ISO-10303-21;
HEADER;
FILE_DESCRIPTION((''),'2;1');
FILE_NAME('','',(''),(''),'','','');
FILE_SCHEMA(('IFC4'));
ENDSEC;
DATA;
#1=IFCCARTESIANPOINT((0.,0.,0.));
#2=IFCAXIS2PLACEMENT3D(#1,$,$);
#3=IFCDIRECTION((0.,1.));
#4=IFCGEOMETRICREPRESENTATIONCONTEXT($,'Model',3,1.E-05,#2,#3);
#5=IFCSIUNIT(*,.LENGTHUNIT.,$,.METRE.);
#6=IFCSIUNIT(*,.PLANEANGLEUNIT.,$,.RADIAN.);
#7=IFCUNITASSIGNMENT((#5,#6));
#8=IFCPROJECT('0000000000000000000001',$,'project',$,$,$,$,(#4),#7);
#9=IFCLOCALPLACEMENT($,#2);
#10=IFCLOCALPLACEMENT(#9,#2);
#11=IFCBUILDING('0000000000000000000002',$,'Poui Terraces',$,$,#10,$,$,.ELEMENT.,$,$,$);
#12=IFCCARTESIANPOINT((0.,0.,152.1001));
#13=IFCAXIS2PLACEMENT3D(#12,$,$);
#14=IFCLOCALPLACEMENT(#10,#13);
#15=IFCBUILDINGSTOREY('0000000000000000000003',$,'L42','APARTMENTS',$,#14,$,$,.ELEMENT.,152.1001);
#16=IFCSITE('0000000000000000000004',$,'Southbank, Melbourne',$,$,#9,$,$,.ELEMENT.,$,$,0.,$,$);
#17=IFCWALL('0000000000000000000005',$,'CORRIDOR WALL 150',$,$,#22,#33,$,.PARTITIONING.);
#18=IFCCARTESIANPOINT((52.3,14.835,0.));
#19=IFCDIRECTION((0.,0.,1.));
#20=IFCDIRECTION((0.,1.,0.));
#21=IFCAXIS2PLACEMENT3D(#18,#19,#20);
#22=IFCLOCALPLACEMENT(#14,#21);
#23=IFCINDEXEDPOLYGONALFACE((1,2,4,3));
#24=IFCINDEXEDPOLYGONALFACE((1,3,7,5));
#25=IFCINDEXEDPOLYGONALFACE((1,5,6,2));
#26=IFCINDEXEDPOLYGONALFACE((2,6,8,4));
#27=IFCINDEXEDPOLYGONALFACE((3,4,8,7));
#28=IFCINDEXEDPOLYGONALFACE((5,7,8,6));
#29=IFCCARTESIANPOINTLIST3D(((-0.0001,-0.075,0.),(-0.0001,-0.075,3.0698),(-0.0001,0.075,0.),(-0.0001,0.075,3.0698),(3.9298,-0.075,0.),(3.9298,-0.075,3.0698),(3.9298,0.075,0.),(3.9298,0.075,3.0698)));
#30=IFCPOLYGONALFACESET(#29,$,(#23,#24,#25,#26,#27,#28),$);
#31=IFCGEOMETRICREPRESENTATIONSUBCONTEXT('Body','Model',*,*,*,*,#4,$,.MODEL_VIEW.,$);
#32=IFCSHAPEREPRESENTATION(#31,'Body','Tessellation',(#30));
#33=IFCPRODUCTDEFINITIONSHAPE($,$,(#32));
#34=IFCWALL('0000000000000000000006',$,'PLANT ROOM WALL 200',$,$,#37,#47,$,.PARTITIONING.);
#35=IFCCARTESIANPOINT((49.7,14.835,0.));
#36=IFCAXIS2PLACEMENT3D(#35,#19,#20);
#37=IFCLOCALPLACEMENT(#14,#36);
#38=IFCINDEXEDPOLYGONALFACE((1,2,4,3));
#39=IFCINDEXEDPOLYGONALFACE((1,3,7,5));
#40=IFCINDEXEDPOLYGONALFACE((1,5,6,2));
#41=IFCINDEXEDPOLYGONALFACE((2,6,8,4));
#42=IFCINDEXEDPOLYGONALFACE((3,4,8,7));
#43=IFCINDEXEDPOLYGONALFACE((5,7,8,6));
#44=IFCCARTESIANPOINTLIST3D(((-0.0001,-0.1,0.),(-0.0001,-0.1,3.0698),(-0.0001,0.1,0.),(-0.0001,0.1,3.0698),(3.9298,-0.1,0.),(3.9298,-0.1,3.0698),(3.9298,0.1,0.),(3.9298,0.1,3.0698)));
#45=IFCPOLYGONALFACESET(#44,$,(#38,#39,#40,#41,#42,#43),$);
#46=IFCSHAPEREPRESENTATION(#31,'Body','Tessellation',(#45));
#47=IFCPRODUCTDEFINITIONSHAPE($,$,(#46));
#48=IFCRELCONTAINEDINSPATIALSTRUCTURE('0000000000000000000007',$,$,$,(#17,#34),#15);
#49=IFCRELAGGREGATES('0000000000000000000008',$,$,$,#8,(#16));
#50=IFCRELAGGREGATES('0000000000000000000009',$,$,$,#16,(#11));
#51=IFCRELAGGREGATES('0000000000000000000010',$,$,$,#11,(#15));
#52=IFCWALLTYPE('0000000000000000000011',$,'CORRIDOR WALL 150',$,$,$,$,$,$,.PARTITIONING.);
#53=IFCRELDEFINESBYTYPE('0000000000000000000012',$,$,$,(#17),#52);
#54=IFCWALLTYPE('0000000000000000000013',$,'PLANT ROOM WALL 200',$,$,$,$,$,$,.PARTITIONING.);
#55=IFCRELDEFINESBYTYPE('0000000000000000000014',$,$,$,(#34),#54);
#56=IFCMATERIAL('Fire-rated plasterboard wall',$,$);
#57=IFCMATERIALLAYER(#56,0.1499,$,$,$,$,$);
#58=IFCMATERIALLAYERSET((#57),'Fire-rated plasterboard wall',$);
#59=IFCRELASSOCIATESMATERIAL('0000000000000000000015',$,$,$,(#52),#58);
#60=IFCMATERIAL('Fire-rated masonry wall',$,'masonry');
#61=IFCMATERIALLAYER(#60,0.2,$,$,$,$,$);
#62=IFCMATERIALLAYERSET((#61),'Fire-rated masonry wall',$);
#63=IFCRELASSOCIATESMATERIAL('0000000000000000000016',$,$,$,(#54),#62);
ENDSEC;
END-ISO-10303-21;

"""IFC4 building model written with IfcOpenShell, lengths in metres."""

from ifc_helpers import new_model, si_unit, direction, frame, frame_2d, origin, place, context, subcontext, project, spatial, rectangle, extrude, material, layer, layer_set, type_object, element, save


model = new_model("IFC4")

# Units and contexts
model_context = context("Model", 3, precision=1e-05, world=origin(), true_north=direction((0.0, 1.0)))
body_context = subcontext(model_context, "Body", "Model", "MODEL_VIEW")
ifc_project = project(units=[si_unit("LENGTHUNIT", "METRE"), si_unit("PLANEANGLEUNIT", "RADIAN")], contexts=[model_context])

# Site, building, storey
site_placement = place(None, origin())
site = spatial("IfcSite", under=ifc_project, at=site_placement, Name="Southbank, Melbourne", CompositionType="ELEMENT", RefElevation=0.0)
building_placement = place(site_placement, origin())
building = spatial("IfcBuilding", under=site, at=building_placement, Name="Poui Terraces", CompositionType="ELEMENT")
storey_placement = place(building_placement, frame((0.0, 0.0, 152.1001)))
storey = spatial("IfcBuildingStorey", under=building, at=storey_placement, Name="L42", Description="APARTMENTS", CompositionType="ELEMENT", Elevation=152.1001)

# Wall
ifc_material_1 = material(Name="Fire-rated plasterboard wall")
ifc_layer_1 = layer(ifc_material_1, 0.1499)
ifc_layer_set_1 = layer_set([ifc_layer_1], Name="Fire-rated plasterboard wall")
wall_type_1 = type_object("IfcWallType", Name="CORRIDOR WALL 150", PredefinedType="PARTITIONING", material=ifc_layer_set_1)
wall_1_placement = place(storey_placement, frame((52.3, 14.835, 0.0), z_axis=(0.0, 0.0, 1.0), x_axis=(0.0, 1.0, 0.0)))
element("IfcWall", 1, at=wall_1_placement, inside=storey, type_object=wall_type_1, Name="CORRIDOR WALL 150", PredefinedType="PARTITIONING", context=body_context, shape_type="SweptSolid", body=[
    extrude(rectangle(XDim=3.9299, YDim=0.1499, at=frame_2d((1.9648, 0.0))), origin(), (0.0, 0.0, 1.0), 3.0698),
])

# Wall
ifc_material_2 = material(Name="Fire-rated masonry wall", Category="masonry")
ifc_layer_2 = layer(ifc_material_2, 0.2)
ifc_layer_set_2 = layer_set([ifc_layer_2], Name="Fire-rated masonry wall")
wall_type_2 = type_object("IfcWallType", Name="PLANT ROOM WALL 200", PredefinedType="PARTITIONING", material=ifc_layer_set_2)
wall_2_placement = place(storey_placement, frame((49.7, 14.835, 0.0), z_axis=(0.0, 0.0, 1.0), x_axis=(0.0, 1.0, 0.0)))
element("IfcWall", 2, at=wall_2_placement, inside=storey, type_object=wall_type_2, Name="PLANT ROOM WALL 200", PredefinedType="PARTITIONING", context=body_context, shape_type="SweptSolid", body=[
    extrude(rectangle(XDim=3.9299, YDim=0.2, at=frame_2d((1.9648, 0.0))), origin(), (0.0, 0.0, 1.0), 3.0698),
])

save(model, "model.ifc")
